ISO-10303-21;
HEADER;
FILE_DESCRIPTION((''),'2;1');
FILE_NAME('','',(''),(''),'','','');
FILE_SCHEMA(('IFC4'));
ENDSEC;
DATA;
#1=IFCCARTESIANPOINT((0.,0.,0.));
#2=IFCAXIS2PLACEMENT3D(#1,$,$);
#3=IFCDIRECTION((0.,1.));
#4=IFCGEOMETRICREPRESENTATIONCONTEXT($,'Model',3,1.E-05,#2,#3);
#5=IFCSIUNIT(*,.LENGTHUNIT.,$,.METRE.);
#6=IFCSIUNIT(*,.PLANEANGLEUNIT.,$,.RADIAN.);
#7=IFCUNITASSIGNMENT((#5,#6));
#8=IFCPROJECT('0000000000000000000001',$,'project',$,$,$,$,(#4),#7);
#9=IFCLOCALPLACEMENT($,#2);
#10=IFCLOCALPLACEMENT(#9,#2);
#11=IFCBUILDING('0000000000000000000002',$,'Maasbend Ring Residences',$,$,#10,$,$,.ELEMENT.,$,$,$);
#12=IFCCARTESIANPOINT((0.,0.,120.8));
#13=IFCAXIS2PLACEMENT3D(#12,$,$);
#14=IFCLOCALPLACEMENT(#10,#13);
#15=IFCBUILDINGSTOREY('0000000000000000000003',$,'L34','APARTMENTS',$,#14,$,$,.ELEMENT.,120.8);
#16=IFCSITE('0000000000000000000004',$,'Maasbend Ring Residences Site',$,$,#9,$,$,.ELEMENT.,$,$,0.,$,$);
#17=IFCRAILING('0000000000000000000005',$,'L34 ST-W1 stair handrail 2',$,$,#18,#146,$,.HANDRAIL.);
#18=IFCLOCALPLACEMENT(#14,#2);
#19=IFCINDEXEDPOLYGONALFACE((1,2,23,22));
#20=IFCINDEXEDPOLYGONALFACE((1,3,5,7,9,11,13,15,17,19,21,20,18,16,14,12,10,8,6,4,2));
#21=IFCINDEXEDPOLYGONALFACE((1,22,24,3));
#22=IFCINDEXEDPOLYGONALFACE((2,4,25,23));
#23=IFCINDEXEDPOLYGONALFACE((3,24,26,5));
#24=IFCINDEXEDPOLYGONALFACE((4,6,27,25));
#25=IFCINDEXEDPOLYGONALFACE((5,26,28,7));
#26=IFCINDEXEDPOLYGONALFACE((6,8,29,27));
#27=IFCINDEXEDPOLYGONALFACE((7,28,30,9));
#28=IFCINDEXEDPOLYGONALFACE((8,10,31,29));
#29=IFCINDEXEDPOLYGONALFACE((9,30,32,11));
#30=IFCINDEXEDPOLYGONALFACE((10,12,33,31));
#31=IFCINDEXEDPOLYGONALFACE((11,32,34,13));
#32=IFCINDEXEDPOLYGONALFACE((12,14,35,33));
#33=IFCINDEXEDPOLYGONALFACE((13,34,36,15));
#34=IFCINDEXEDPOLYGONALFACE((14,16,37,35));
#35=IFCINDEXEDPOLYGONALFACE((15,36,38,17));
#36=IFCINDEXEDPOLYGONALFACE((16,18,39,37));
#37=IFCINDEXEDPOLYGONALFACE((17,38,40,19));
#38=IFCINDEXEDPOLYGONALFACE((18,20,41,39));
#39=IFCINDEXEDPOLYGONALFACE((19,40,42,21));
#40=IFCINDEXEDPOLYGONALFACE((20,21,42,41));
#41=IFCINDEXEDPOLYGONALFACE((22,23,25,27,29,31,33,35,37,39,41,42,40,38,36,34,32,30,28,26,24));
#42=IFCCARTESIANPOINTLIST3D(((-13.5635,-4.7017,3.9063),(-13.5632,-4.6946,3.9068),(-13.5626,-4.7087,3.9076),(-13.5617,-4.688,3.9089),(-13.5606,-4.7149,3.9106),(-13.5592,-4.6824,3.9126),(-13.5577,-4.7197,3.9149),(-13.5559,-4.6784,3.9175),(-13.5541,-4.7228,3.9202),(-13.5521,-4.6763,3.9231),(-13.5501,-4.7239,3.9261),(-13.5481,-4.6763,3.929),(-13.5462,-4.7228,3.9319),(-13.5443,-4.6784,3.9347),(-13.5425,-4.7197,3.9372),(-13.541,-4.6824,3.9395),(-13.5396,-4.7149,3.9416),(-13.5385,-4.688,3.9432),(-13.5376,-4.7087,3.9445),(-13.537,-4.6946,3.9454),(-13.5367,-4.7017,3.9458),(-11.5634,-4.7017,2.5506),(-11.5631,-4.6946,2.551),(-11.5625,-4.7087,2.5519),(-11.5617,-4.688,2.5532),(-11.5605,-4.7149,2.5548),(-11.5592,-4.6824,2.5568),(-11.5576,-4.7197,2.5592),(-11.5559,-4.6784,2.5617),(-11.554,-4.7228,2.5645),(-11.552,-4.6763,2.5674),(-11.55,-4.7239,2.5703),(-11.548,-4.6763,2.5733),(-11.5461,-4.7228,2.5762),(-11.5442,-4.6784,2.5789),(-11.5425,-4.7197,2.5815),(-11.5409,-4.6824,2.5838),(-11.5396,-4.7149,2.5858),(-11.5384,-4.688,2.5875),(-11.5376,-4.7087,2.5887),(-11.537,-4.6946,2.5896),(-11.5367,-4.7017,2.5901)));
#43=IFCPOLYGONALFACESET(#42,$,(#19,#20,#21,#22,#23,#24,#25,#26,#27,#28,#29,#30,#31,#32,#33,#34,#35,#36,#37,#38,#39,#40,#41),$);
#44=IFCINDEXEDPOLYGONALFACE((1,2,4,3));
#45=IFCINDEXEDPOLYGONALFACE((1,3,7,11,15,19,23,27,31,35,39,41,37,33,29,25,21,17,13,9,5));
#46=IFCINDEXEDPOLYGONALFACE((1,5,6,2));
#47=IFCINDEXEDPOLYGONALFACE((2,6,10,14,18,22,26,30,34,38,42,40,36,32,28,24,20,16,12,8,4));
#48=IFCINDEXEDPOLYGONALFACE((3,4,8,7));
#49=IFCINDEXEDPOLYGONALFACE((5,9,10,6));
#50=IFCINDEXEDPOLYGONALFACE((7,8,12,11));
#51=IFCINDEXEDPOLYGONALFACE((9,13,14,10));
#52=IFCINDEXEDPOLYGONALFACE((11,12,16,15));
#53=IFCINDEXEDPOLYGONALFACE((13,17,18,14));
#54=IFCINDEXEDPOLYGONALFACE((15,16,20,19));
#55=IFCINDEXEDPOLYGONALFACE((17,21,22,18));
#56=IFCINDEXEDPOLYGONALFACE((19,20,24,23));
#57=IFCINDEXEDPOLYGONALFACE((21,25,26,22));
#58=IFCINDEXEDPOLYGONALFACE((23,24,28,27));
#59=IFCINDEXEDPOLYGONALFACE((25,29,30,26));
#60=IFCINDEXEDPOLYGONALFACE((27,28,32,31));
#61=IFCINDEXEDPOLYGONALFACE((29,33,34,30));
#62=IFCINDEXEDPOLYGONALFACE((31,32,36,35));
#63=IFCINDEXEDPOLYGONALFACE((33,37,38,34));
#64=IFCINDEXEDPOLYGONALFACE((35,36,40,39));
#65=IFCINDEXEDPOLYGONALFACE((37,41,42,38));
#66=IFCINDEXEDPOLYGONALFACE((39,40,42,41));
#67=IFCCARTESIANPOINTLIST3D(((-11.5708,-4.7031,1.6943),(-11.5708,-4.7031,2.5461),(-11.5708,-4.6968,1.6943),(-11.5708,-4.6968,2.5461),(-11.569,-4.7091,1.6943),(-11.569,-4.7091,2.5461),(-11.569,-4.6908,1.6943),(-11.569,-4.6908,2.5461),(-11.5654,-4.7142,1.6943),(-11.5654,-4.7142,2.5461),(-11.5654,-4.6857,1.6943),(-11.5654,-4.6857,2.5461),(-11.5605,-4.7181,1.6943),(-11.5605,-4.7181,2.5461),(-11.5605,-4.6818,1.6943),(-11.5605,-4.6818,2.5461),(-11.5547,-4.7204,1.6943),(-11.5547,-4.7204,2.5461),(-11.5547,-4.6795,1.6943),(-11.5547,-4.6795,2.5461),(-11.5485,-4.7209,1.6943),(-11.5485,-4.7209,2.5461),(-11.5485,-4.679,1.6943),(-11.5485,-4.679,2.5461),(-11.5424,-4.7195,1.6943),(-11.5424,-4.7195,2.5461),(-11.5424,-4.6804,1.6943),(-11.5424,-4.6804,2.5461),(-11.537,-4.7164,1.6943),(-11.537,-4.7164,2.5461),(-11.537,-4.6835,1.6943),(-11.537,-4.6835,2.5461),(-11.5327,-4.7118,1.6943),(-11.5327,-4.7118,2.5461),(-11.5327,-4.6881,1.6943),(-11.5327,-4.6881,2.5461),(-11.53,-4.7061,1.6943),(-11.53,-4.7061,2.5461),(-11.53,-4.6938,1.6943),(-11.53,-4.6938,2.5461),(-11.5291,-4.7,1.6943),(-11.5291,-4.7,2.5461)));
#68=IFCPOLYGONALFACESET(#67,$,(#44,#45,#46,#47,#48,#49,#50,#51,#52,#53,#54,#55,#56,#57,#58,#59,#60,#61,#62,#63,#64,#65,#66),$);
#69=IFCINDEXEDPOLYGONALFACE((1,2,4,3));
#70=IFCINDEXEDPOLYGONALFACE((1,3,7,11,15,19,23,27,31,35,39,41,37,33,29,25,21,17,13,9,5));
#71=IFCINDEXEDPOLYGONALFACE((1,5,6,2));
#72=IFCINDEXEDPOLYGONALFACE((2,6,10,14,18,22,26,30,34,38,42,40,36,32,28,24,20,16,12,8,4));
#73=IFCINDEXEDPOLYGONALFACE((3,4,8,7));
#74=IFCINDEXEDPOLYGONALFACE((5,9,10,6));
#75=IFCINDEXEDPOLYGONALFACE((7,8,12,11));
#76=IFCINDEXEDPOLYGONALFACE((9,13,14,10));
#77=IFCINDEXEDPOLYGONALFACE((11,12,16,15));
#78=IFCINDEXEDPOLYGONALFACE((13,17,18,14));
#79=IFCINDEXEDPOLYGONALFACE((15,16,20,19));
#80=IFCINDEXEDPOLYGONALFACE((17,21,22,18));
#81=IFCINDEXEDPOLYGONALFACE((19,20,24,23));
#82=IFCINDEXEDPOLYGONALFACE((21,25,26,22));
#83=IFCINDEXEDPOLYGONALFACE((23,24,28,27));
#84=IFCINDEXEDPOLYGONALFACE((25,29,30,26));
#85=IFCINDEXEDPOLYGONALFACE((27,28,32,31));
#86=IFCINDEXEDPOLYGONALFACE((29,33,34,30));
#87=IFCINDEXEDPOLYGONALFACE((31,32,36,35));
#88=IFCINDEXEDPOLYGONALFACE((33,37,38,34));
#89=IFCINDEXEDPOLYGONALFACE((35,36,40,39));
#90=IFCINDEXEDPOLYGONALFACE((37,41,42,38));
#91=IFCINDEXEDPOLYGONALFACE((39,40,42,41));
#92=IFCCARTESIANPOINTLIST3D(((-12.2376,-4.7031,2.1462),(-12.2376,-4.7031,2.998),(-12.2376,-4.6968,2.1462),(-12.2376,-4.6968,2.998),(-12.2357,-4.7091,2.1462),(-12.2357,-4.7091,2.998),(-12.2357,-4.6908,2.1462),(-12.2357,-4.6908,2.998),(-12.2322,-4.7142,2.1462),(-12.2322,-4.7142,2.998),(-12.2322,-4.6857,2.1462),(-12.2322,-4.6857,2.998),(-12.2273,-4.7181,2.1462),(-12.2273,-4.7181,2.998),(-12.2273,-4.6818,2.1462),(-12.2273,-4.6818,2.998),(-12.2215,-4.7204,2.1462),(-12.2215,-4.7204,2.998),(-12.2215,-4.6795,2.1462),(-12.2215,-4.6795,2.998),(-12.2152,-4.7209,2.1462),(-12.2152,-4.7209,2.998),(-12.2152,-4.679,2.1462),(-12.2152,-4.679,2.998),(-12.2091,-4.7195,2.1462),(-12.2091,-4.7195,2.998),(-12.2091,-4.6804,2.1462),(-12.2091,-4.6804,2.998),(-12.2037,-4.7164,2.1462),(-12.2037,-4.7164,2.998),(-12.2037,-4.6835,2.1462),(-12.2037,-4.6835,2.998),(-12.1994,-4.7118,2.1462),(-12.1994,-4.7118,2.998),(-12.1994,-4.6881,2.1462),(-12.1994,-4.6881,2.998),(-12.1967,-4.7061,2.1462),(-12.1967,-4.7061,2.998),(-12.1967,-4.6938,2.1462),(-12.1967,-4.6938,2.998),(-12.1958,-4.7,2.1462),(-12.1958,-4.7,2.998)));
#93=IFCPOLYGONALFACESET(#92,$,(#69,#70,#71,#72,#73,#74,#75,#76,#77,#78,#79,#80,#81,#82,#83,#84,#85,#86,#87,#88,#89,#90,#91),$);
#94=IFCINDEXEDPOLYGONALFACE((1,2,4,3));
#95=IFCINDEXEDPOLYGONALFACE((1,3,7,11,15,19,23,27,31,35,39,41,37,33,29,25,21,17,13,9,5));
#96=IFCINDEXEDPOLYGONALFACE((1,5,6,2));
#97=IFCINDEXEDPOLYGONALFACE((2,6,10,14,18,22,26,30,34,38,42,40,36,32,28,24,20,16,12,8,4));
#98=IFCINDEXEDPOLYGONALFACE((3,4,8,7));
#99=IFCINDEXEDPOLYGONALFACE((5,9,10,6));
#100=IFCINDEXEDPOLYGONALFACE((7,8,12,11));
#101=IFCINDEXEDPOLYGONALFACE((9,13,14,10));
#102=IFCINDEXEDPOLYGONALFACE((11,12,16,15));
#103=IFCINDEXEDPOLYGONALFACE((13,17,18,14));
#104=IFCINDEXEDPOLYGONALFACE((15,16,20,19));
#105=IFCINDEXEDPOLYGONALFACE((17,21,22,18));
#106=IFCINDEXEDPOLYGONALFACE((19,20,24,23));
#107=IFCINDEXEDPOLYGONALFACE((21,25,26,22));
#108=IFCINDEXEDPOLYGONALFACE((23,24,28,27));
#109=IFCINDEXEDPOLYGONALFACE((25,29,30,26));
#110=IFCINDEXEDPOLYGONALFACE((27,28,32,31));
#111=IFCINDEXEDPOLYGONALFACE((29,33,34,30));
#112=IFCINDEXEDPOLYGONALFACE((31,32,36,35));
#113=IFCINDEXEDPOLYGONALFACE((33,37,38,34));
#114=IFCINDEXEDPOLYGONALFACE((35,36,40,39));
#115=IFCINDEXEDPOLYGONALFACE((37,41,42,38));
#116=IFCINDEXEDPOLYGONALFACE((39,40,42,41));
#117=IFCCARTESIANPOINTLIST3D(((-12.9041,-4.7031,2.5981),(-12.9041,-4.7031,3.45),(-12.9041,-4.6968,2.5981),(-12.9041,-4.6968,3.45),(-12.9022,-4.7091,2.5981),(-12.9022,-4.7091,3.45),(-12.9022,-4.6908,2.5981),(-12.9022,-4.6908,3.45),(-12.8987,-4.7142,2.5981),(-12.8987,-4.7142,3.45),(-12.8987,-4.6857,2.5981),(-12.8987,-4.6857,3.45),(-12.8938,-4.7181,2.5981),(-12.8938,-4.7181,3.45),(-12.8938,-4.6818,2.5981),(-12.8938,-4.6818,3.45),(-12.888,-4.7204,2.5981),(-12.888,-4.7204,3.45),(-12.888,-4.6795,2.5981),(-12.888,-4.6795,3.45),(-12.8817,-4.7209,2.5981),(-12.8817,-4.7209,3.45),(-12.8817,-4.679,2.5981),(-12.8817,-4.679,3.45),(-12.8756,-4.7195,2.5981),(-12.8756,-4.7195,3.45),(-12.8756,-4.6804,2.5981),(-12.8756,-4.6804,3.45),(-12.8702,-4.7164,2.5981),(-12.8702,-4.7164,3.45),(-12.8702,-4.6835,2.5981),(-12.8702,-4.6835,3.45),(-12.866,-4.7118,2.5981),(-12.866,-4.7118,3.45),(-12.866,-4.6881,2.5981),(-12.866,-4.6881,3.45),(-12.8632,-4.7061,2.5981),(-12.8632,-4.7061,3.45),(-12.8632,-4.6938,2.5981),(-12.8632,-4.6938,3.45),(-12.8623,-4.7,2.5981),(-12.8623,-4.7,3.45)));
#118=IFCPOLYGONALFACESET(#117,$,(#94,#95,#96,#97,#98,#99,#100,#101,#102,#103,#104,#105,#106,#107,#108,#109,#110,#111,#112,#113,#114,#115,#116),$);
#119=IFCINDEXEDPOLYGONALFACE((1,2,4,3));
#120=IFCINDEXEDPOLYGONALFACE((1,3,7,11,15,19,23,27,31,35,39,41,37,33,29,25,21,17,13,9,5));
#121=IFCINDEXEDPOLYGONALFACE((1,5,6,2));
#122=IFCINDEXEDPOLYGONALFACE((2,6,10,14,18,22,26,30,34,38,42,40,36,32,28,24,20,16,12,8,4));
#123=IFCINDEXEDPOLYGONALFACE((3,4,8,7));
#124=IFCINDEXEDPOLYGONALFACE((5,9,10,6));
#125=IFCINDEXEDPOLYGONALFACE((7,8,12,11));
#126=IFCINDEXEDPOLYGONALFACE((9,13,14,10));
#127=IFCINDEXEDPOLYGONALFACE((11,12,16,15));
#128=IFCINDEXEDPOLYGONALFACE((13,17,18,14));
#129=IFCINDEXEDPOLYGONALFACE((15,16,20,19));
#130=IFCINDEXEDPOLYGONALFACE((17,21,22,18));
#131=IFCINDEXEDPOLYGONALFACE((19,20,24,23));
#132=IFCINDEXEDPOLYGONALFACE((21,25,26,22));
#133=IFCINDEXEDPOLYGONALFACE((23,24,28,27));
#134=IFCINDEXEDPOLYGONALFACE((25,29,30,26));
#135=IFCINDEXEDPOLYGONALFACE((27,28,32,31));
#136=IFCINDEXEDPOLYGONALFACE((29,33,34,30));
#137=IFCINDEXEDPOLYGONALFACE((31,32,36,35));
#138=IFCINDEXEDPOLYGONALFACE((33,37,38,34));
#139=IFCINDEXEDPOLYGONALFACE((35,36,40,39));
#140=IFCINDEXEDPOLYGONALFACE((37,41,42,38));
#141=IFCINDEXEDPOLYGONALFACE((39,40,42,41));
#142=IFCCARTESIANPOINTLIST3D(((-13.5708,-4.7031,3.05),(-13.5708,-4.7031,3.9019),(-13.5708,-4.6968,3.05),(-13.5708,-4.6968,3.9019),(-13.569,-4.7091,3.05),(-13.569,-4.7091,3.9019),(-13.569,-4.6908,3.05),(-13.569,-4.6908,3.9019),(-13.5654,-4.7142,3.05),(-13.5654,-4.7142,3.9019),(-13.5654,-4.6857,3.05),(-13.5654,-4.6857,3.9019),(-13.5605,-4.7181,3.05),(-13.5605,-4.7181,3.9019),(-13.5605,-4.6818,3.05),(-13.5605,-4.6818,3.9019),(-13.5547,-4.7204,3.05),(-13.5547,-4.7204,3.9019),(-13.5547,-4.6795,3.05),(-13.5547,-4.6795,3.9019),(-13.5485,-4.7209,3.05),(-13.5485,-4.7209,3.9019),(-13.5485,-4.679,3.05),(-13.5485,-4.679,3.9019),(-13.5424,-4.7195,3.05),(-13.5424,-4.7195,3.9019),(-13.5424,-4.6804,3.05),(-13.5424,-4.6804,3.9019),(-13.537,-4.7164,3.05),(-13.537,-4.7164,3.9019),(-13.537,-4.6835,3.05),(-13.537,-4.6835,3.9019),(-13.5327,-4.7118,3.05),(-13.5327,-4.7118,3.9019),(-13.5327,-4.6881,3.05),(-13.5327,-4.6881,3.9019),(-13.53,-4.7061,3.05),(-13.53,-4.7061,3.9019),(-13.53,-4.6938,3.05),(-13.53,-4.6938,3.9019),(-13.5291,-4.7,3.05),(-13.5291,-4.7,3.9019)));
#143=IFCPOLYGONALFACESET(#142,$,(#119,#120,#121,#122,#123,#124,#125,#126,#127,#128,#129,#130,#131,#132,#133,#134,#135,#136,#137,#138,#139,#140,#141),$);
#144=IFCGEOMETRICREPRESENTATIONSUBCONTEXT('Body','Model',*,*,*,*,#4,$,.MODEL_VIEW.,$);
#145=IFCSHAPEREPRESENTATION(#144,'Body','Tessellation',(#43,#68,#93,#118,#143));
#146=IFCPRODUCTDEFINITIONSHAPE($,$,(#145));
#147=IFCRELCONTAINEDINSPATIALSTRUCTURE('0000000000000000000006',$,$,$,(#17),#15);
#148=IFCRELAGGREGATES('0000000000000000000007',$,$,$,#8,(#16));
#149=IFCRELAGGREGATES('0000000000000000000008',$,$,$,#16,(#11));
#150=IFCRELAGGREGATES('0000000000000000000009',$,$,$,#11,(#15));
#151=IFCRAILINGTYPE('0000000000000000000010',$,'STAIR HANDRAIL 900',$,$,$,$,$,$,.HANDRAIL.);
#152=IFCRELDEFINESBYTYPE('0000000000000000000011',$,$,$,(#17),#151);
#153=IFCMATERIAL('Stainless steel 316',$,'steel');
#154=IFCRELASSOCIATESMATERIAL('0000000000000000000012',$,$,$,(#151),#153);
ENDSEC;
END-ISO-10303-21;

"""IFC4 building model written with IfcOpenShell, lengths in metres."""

from ifc_helpers import new_model, si_unit, direction, frame, origin, origin_2d, place, context, subcontext, project, spatial, circle, extrude, material, type_object, element, save


model = new_model("IFC4")

# Units and contexts
model_context = context("Model", 3, precision=1e-05, world=origin(), true_north=direction((0.0, 1.0)))
body_context = subcontext(model_context, "Body", "Model", "MODEL_VIEW")
ifc_project = project(units=[si_unit("LENGTHUNIT", "METRE"), si_unit("PLANEANGLEUNIT", "RADIAN")], contexts=[model_context])

# Site, building, storey
site_placement = place(None, origin())
site = spatial("IfcSite", under=ifc_project, at=site_placement, Name="Maasbend Ring Residences Site", CompositionType="ELEMENT", RefElevation=0.0)
building_placement = place(site_placement, origin())
building = spatial("IfcBuilding", under=site, at=building_placement, Name="Maasbend Ring Residences", CompositionType="ELEMENT")
storey_placement = place(building_placement, frame((0.0, 0.0, 120.8)))
storey = spatial("IfcBuildingStorey", under=building, at=storey_placement, Name="L34", Description="APARTMENTS", CompositionType="ELEMENT", Elevation=120.8)

# Railing
ifc_material_1 = material(Name="Stainless steel 316", Category="steel")
railing_type_1 = type_object("IfcRailingType", Name="STAIR HANDRAIL 900", PredefinedType="HANDRAIL", material=ifc_material_1)
railing_1_placement = place(storey_placement, frame((-11.55, -4.7, 1.6943)))
element("IfcRailing", 1, at=railing_1_placement, inside=storey, type_object=railing_type_1, Name="L34 ST-W1 stair handrail 2", PredefinedType="HANDRAIL", context=body_context, shape_type="SweptSolid", body=[
    extrude(circle(Radius=0.0239, at=origin_2d()), frame((0.0, 0.0, 0.876), z_axis=(-0.827751, 0.0, 0.561096), x_axis=(0.0, -1.0, 0.0)), (0.0, 0.0, 1.0), 2.4163),
    extrude(circle(Radius=0.021, at=origin_2d()), origin(), (0.0, 0.0, 1.0), 0.8518),
    extrude(circle(Radius=0.021, at=origin_2d()), frame((-0.6667, 0.0, 0.4519)), (0.0, 0.0, 1.0), 0.8518),
    extrude(circle(Radius=0.021, at=origin_2d()), frame((-1.3333, 0.0, 0.9038)), (0.0, 0.0, 1.0), 0.8518),
    extrude(circle(Radius=0.021, at=origin_2d()), frame((-2.0, 0.0, 1.3557)), (0.0, 0.0, 1.0), 0.8518),
])

save(model, "model.ifc")
